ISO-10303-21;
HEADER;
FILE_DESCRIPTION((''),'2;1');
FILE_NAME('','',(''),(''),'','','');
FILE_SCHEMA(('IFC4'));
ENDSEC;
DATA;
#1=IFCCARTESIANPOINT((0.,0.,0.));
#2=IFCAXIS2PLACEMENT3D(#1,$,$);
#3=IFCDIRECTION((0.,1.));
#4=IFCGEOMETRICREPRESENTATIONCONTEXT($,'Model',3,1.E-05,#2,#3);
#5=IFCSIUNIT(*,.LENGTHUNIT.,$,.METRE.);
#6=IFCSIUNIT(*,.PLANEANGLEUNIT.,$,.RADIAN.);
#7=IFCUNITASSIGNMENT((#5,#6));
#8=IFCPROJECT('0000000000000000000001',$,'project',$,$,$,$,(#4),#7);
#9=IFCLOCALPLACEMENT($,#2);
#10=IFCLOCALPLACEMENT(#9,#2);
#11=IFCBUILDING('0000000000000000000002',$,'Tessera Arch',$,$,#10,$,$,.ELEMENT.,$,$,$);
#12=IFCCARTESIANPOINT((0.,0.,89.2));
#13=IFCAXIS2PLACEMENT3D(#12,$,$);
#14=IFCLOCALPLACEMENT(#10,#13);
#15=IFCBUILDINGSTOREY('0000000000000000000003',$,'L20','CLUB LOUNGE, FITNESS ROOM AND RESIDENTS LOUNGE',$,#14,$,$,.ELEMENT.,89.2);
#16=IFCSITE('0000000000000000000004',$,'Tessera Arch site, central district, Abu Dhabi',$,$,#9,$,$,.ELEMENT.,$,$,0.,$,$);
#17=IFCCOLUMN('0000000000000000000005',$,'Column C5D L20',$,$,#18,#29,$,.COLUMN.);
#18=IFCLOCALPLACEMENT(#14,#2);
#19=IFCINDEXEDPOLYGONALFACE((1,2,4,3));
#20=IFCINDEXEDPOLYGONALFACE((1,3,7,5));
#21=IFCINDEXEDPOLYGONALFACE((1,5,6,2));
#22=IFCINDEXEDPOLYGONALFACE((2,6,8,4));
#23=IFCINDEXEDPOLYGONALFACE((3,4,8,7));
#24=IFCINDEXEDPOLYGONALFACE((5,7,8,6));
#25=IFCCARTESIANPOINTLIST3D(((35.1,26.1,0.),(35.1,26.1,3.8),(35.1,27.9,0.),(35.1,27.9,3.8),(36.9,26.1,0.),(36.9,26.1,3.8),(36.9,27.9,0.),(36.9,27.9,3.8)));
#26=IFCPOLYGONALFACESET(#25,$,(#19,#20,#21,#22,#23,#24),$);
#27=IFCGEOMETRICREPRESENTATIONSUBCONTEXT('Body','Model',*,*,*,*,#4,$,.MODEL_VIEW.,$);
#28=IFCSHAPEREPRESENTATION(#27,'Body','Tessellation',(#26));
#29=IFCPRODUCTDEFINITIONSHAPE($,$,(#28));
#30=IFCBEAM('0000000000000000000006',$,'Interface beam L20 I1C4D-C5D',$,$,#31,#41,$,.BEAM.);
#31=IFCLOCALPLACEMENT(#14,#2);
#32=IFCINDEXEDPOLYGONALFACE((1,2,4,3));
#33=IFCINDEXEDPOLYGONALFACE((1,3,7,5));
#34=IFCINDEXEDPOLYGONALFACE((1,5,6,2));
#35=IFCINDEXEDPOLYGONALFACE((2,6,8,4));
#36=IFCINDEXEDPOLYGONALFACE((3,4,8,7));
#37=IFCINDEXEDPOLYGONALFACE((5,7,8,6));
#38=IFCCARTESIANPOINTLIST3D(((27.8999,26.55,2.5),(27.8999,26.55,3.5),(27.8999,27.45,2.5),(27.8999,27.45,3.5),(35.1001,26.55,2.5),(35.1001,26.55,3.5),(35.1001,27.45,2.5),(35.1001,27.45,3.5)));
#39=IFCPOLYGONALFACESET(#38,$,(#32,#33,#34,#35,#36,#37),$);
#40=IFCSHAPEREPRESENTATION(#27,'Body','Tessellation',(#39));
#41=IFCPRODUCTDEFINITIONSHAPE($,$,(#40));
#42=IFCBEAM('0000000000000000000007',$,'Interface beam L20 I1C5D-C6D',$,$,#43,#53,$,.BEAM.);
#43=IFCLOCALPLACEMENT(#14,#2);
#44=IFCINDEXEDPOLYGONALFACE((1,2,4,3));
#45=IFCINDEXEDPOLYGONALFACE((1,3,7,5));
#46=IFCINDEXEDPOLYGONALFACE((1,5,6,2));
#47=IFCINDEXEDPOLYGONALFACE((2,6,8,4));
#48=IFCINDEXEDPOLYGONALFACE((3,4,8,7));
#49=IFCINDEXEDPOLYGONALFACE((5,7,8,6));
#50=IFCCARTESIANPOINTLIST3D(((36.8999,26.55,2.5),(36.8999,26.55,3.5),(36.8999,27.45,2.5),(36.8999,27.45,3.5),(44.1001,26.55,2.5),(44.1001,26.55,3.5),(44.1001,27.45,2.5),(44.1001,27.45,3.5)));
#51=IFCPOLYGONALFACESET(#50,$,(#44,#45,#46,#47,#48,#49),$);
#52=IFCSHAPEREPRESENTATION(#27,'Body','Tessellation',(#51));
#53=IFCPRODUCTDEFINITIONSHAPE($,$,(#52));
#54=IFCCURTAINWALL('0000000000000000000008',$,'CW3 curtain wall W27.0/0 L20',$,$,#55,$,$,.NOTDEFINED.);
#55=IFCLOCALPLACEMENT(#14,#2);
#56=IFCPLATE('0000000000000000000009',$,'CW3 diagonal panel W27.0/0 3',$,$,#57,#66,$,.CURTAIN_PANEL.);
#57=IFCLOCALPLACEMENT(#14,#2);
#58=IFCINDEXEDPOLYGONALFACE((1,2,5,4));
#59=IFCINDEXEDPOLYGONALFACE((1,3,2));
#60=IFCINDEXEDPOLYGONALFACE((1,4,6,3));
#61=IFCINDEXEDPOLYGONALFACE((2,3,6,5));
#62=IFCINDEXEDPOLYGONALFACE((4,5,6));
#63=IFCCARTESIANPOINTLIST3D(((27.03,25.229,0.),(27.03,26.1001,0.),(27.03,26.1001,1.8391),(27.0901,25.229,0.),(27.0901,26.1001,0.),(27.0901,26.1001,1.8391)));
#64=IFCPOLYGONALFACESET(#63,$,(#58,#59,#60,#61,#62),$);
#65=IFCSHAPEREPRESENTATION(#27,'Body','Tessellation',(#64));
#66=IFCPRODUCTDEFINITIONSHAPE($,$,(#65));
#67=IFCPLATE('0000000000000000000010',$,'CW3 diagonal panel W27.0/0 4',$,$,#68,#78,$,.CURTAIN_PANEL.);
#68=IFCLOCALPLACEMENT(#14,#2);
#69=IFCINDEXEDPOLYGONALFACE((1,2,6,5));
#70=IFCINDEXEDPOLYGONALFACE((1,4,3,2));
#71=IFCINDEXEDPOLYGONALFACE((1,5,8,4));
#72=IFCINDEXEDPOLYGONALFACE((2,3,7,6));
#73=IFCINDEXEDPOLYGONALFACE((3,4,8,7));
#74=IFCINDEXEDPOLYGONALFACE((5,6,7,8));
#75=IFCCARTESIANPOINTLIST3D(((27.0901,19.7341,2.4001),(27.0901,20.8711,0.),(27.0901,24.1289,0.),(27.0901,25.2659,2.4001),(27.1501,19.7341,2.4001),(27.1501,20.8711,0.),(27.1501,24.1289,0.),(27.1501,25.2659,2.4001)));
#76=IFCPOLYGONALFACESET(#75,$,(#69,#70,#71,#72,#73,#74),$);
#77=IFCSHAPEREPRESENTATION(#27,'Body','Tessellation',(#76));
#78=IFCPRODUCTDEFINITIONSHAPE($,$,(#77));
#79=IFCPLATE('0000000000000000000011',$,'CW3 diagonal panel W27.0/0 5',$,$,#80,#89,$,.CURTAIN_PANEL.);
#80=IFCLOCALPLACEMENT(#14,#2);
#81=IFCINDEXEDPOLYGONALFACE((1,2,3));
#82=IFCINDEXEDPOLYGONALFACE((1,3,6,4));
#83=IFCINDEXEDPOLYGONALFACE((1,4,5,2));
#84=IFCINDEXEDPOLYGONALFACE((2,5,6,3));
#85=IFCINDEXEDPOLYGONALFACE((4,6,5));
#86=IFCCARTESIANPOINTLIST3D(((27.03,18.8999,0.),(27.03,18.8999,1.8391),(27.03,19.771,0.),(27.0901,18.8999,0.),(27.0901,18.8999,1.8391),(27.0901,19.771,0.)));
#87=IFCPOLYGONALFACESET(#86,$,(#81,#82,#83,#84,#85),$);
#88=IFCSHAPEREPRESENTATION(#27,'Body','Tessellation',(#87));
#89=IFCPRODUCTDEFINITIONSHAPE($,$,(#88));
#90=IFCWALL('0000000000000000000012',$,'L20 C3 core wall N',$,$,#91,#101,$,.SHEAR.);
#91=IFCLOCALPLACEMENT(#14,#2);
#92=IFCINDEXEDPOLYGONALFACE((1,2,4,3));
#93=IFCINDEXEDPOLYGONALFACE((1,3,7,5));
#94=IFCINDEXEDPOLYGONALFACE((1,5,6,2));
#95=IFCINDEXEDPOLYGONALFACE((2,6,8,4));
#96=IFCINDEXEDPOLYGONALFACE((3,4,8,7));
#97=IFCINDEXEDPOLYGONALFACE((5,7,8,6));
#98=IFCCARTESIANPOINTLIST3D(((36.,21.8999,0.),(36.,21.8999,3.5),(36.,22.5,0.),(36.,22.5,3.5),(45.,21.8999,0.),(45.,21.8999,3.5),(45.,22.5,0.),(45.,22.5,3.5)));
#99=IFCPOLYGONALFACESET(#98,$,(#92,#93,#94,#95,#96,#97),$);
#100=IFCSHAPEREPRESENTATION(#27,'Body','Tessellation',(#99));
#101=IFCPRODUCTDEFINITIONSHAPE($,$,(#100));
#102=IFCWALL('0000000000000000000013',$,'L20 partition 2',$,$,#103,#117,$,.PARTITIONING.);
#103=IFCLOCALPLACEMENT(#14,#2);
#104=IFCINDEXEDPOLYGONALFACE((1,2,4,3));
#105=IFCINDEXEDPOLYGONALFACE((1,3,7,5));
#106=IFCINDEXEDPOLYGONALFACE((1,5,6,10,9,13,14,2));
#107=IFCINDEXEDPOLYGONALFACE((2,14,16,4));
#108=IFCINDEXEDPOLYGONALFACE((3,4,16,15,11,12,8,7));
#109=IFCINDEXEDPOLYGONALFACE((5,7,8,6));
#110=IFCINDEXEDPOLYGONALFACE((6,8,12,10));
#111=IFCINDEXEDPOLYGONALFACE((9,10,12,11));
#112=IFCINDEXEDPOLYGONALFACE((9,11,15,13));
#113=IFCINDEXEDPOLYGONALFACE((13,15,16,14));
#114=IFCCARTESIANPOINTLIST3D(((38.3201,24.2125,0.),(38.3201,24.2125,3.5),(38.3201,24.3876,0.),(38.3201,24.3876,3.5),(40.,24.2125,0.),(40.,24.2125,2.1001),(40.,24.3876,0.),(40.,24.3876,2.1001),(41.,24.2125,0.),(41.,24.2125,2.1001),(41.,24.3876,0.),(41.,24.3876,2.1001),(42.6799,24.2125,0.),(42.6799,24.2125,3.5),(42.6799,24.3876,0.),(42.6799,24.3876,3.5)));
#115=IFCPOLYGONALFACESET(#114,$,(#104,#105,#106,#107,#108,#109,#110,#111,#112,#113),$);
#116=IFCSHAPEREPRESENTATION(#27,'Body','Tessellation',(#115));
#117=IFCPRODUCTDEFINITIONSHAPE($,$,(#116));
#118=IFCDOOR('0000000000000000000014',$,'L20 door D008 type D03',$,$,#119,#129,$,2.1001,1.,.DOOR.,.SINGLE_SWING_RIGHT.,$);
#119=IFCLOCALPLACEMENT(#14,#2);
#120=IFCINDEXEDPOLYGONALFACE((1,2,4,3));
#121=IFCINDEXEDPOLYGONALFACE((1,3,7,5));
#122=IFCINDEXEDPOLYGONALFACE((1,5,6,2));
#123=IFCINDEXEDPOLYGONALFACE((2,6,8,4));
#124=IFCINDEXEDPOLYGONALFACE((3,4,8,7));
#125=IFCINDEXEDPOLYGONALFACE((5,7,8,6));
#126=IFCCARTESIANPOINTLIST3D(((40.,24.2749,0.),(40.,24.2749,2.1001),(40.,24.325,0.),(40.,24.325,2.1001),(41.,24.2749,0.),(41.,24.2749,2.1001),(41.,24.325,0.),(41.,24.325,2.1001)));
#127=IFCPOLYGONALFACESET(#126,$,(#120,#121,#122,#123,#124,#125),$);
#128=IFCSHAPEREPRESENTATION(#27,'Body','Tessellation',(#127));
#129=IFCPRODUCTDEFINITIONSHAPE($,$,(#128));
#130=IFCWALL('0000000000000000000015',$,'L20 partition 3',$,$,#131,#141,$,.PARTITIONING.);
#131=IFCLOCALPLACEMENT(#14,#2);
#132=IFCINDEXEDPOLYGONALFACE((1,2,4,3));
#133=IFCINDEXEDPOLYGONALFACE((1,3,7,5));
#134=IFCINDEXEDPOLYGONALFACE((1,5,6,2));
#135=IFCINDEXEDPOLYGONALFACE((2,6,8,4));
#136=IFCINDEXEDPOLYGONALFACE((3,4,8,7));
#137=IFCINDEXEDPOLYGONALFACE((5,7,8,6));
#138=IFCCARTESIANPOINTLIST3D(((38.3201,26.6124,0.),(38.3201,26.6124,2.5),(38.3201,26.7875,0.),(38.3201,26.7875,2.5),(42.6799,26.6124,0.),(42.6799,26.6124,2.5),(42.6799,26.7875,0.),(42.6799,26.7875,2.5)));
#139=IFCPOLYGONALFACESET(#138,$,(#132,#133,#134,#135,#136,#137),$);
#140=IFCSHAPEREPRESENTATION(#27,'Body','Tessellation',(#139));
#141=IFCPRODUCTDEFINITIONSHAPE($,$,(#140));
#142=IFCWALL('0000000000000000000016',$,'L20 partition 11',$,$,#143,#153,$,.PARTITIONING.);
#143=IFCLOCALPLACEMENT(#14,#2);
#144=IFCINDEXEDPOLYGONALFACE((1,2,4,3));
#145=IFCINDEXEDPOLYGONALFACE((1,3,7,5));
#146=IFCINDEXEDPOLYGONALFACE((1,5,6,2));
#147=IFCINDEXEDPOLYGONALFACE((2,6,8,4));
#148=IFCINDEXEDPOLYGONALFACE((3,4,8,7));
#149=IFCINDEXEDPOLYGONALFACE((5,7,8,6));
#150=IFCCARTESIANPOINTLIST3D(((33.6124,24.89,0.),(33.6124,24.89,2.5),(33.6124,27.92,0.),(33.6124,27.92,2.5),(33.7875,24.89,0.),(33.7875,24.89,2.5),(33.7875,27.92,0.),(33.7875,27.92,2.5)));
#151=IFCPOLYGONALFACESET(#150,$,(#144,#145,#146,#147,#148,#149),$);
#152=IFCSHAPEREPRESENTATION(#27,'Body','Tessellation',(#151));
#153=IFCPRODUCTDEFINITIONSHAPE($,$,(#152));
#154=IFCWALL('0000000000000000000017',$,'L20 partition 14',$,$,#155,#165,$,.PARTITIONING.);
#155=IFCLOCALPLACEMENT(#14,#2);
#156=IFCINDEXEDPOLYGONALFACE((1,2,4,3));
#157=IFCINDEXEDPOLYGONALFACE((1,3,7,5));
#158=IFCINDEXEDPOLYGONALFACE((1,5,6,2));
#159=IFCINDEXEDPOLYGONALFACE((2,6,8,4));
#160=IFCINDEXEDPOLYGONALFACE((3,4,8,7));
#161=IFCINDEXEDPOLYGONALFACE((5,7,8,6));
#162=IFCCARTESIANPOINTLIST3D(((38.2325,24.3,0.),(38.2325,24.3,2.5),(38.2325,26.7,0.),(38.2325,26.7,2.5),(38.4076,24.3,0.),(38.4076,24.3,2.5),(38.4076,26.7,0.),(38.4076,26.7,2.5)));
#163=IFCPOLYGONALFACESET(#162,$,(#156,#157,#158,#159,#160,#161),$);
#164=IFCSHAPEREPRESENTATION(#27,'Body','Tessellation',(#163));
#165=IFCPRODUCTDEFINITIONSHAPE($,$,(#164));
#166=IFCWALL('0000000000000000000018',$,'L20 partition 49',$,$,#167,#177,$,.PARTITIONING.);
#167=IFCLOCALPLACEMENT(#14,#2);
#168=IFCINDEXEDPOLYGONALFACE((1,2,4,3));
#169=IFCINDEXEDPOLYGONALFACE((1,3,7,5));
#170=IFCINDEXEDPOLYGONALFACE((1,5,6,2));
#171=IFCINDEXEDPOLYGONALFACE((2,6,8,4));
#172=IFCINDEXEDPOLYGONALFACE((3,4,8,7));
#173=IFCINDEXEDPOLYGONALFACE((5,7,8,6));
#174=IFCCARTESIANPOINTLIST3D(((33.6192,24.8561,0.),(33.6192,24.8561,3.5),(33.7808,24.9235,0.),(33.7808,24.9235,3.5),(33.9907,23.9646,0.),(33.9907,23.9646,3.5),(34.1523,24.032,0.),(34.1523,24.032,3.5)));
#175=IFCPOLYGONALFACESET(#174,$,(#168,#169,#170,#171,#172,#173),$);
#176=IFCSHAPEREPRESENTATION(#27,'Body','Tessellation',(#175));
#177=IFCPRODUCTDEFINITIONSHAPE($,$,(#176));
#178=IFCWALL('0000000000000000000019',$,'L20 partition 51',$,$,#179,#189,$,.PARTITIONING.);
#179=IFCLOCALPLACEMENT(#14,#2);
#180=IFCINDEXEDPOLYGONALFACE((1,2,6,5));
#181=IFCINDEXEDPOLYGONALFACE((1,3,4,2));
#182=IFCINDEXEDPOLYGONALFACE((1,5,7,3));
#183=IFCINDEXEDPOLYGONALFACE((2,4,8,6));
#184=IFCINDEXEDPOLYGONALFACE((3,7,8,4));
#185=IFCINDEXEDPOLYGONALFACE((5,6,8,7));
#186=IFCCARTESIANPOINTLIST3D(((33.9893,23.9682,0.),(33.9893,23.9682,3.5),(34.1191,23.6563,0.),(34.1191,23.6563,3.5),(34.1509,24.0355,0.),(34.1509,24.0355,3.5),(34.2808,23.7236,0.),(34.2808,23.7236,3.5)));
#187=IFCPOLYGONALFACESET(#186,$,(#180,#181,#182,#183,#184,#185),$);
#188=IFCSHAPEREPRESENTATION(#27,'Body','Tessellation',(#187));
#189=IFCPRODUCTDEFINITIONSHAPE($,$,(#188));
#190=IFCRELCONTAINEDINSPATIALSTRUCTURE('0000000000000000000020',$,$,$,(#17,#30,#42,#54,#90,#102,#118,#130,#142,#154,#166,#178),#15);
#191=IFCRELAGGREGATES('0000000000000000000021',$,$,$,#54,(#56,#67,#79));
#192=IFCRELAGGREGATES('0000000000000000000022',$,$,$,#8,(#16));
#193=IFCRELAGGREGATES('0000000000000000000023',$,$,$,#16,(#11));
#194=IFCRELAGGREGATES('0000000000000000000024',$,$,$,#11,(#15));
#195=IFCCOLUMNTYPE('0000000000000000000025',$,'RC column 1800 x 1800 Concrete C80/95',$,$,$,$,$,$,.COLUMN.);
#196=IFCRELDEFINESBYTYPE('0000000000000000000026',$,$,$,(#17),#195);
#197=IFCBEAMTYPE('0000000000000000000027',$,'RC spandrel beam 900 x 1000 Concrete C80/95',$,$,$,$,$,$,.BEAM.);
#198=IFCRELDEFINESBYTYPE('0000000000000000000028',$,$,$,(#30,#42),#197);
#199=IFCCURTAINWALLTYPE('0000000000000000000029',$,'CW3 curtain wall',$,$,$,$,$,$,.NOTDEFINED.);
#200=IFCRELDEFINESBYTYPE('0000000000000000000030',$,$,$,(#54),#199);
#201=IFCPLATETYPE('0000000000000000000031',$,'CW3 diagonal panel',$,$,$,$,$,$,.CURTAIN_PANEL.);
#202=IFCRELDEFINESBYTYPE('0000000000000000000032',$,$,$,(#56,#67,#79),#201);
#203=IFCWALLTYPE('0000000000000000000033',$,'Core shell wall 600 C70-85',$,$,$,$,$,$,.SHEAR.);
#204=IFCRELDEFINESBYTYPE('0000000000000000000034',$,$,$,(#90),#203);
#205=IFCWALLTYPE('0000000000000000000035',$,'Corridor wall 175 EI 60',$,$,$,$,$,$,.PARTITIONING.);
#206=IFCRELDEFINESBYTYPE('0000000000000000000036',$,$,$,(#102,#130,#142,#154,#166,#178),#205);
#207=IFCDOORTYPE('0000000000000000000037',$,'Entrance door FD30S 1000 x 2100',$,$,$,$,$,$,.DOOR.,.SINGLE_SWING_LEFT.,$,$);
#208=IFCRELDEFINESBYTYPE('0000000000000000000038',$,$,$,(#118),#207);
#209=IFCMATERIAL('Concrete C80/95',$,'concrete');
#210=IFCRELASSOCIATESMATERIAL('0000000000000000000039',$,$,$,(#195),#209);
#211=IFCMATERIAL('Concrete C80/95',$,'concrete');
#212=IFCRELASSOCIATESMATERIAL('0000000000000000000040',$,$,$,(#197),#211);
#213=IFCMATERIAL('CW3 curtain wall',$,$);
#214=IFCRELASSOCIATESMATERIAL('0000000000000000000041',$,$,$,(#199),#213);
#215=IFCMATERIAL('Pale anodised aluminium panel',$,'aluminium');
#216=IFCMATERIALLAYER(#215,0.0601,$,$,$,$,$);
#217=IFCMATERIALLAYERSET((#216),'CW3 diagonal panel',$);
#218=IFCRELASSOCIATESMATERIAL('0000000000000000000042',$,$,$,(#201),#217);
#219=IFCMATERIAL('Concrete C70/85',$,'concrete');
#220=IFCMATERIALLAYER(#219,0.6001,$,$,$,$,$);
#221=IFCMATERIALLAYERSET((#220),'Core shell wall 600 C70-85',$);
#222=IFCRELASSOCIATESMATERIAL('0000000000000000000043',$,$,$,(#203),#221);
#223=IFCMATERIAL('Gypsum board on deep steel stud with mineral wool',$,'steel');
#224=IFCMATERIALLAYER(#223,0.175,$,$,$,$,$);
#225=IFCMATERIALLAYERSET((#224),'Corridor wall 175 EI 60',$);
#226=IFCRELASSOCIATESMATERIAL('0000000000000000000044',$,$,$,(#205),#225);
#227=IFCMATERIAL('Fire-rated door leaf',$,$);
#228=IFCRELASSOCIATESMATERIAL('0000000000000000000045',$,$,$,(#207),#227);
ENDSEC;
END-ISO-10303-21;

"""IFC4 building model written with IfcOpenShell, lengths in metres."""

from ifc_helpers import new_model, si_unit, direction, frame, frame_2d, origin, origin_2d, place, context, subcontext, project, spatial, polyline, rectangle, outline, extrude, material, layer, layer_set, material_profile, profile_set, type_object, element, fill, aggregate, save


model = new_model("IFC4")

# Units and contexts
model_context = context("Model", 3, precision=1e-05, world=origin(), true_north=direction((0.0, 1.0)))
body_context = subcontext(model_context, "Body", "Model", "MODEL_VIEW")
ifc_project = project(units=[si_unit("LENGTHUNIT", "METRE"), si_unit("PLANEANGLEUNIT", "RADIAN")], contexts=[model_context])

# Site, building, storey
site_placement = place(None, origin())
site = spatial("IfcSite", under=ifc_project, at=site_placement, Name="Tessera Arch site, central district, Abu Dhabi", CompositionType="ELEMENT", RefElevation=0.0)
building_placement = place(site_placement, origin())
building = spatial("IfcBuilding", under=site, at=building_placement, Name="Tessera Arch", CompositionType="ELEMENT")
storey_placement = place(building_placement, frame((0.0, 0.0, 89.2)))
storey = spatial("IfcBuildingStorey", under=building, at=storey_placement, Name="L20", Description="CLUB LOUNGE, FITNESS ROOM AND RESIDENTS LOUNGE", CompositionType="ELEMENT", Elevation=89.2)

# Column
ifc_material_1 = material(Name="Concrete C80/95", Category="concrete")
ifc_material_profile_1 = material_profile(ifc_material_1, rectangle(XDim=1.8, YDim=1.8, at=origin_2d()), Name="RC column 1800 x 1800 Concrete C80/95")
ifc_profile_set_1 = profile_set([ifc_material_profile_1], Name="Concrete C80/95")
column_type = type_object("IfcColumnType", Name="RC column 1800 x 1800 Concrete C80/95", PredefinedType="COLUMN", material=ifc_profile_set_1)
column_placement = place(storey_placement, frame((36.0, 27.0, 0.0), z_axis=(0.0, 0.0, 1.0), x_axis=(1.0, 0.0, 0.0)))
element("IfcColumn", 1, at=column_placement, inside=storey, type_object=column_type, Name="Column C5D L20", PredefinedType="COLUMN", context=body_context, shape_type="SweptSolid", body=[
    extrude(rectangle(XDim=1.8, YDim=1.8, at=origin_2d()), origin(), (0.0, 0.0, 1.0), 3.8),
])

# Beams
ifc_material_2 = material(Name="Concrete C80/95", Category="concrete")
ifc_material_profile_2 = material_profile(ifc_material_2, rectangle(XDim=0.8999, YDim=1.0, at=origin_2d()), Name="RC spandrel beam 900 x 1000 Concrete C80/95")
ifc_profile_set_2 = profile_set([ifc_material_profile_2], Name="Concrete C80/95")
beam_type = type_object("IfcBeamType", Name="RC spandrel beam 900 x 1000 Concrete C80/95", PredefinedType="BEAM", material=ifc_profile_set_2)
for number, where, z_axis, x_axis, name in (
    (2, (27.8999, 27.0, 3.0), (1.0, 0.0, 0.0), (0.0, 1.0, 0.0), "Interface beam L20 I1C4D-C5D"),
    (3, (36.8999, 27.0, 3.0), (1.0, 0.0, 0.0), (0.0, 1.0, 0.0), "Interface beam L20 I1C5D-C6D"),
):
    element("IfcBeam", number, at=place(storey_placement, frame(where, z_axis=z_axis, x_axis=x_axis)), inside=storey, type_object=beam_type, Name=name, PredefinedType="BEAM", context=body_context, shape_type="SweptSolid", body=[
        extrude(rectangle(XDim=0.8999, YDim=1.0, at=origin_2d()), origin(), (0.0, 0.0, 1.0), 7.2002),
    ])

# Curtain wall, plates
ifc_material_3 = material(Name="CW3 curtain wall")
curtain_wall_type = type_object("IfcCurtainWallType", Name="CW3 curtain wall", PredefinedType="NOTDEFINED", material=ifc_material_3)
curtain_wall_placement = place(storey_placement, origin())
curtain_wall = element("IfcCurtainWall", 4, at=curtain_wall_placement, inside=storey, type_object=curtain_wall_type, Name="CW3 curtain wall W27.0/0 L20", PredefinedType="NOTDEFINED")
ifc_material_4 = material(Name="Pale anodised aluminium panel", Category="aluminium")
ifc_layer_1 = layer(ifc_material_4, 0.0601)
ifc_layer_set_1 = layer_set([ifc_layer_1], Name="CW3 diagonal panel")
plate_type = type_object("IfcPlateType", Name="CW3 diagonal panel", PredefinedType="CURTAIN_PANEL", material=ifc_layer_set_1)
plate_1_placement = place(storey_placement, frame((27.03, 26.1001, 0.0), z_axis=(-1.0, 0.0, 0.0), x_axis=(0.0, -1.0, 0.0)))
plate_1 = element("IfcPlate", 5, at=plate_1_placement, type_object=plate_type, Name="CW3 diagonal panel W27.0/0 3", PredefinedType="CURTAIN_PANEL", context=body_context, shape_type="SweptSolid", body=[
    extrude(outline(polyline([(0.0, 0.0), (0.8711, 0.0), (0.0, 1.8391), (0.0, 0.0)])), origin(), (0.0, 0.0, -1.0), 0.0601),
])
plate_2_placement = place(storey_placement, frame((27.0901, 19.7341, 2.4001), z_axis=(-1.0, 0.0, 0.0), x_axis=(0.0, 1.0, 0.0)))
plate_2 = element("IfcPlate", 6, at=plate_2_placement, type_object=plate_type, Name="CW3 diagonal panel W27.0/0 4", PredefinedType="CURTAIN_PANEL", context=body_context, shape_type="SweptSolid", body=[
    extrude(outline(polyline([(0.0, 0.0), (5.5317, 0.0), (4.3948, 2.4001), (1.137, 2.4001), (0.0, 0.0)])), origin(), (0.0, 0.0, -1.0), 0.0601),
])
plate_3_placement = place(storey_placement, frame((27.03, 18.8999, 0.0), z_axis=(-1.0, 0.0, 0.0), x_axis=(0.0, 0.0, 1.0)))
plate_3 = element("IfcPlate", 7, at=plate_3_placement, type_object=plate_type, Name="CW3 diagonal panel W27.0/0 5", PredefinedType="CURTAIN_PANEL", context=body_context, shape_type="SweptSolid", body=[
    extrude(outline(polyline([(0.0, 0.0), (1.8391, 0.0), (0.0, 0.8711), (0.0, 0.0)])), origin(), (0.0, 0.0, -1.0), 0.0601),
])
aggregate(curtain_wall, [plate_1, plate_2, plate_3])

# Wall
ifc_material_5 = material(Name="Concrete C70/85", Category="concrete")
ifc_layer_2 = layer(ifc_material_5, 0.6001)
ifc_layer_set_2 = layer_set([ifc_layer_2], Name="Core shell wall 600 C70-85")
wall_type_1 = type_object("IfcWallType", Name="Core shell wall 600 C70-85", PredefinedType="SHEAR", material=ifc_layer_set_2)
wall_1_placement = place(storey_placement, frame((36.0, 22.2, 0.0), z_axis=(0.0, 0.0, 1.0), x_axis=(1.0, 0.0, 0.0)))
element("IfcWall", 8, at=wall_1_placement, inside=storey, type_object=wall_type_1, Name="L20 C3 core wall N", PredefinedType="SHEAR", context=body_context, shape_type="SweptSolid", body=[
    extrude(rectangle(XDim=9.0, YDim=0.6001, at=frame_2d((4.5, 0.0))), origin(), (0.0, 0.0, 1.0), 3.5),
])

# Wall, opening, door
ifc_material_6 = material(Name="Gypsum board on deep steel stud with mineral wool", Category="steel")
ifc_layer_3 = layer(ifc_material_6, 0.175)
ifc_layer_set_3 = layer_set([ifc_layer_3], Name="Corridor wall 175 EI 60")
wall_type_2 = type_object("IfcWallType", Name="Corridor wall 175 EI 60", PredefinedType="PARTITIONING", material=ifc_layer_set_3)
wall_2_placement = place(storey_placement, frame((38.3201, 24.3, 0.0), z_axis=(0.0, 0.0, 1.0), x_axis=(1.0, 0.0, 0.0)))
wall_2 = element("IfcWall", 9, at=wall_2_placement, inside=storey, type_object=wall_type_2, Name="L20 partition 2", PredefinedType="PARTITIONING", context=body_context, shape_type="SweptSolid", body=[
    extrude(rectangle(XDim=4.3599, YDim=0.175, at=frame_2d((2.1799, 0.0))), origin(), (0.0, 0.0, 1.0), 3.5),
])
opening_1_placement = place(wall_2_placement, frame((1.6799, 0.0, 0.0)))
opening_1 = element("IfcOpeningElement", 10, at=opening_1_placement, cuts=wall_2, PredefinedType="OPENING", context=body_context, shape_type="SweptSolid", body=[
    extrude(rectangle(XDim=1.0, YDim=2.1001, at=frame_2d((0.5, 1.05))), frame((0.0, 0.0974, 0.0), z_axis=(0.0, -1.0, 0.0), x_axis=(1.0, 0.0, 0.0)), (0.0, 0.0, 1.0), 0.1951),
])
ifc_material_7 = material(Name="Fire-rated door leaf")
door_type_1 = type_object("IfcDoorType", Name="Entrance door FD30S 1000 x 2100", OperationType="SINGLE_SWING_LEFT", PredefinedType="DOOR", material=ifc_material_7)
door_1_placement = place(opening_1_placement, origin())
door_1 = element("IfcDoor", 11, at=door_1_placement, inside=storey, type_object=door_type_1, Name="L20 door D008 type D03", OperationType="SINGLE_SWING_RIGHT", OverallHeight=2.1001, OverallWidth=1.0, PredefinedType="DOOR", context=body_context, shape_type="SweptSolid", body=[
    extrude(rectangle(XDim=1.0, YDim=2.1001, at=frame_2d((0.5, 1.05))), frame((0.0, 0.0249, 0.0), z_axis=(0.0, -1.0, 0.0), x_axis=(1.0, 0.0, 0.0)), (0.0, 0.0, 1.0), 0.05),
])
fill(opening_1, door_1)

# Walls
wall_3_placement = place(storey_placement, frame((38.3201, 26.7, 0.0), z_axis=(0.0, 0.0, 1.0), x_axis=(1.0, 0.0, 0.0)))
element("IfcWall", 12, at=wall_3_placement, inside=storey, type_object=wall_type_2, Name="L20 partition 3", PredefinedType="PARTITIONING", context=body_context, shape_type="SweptSolid", body=[
    extrude(rectangle(XDim=4.3599, YDim=0.175, at=frame_2d((2.1799, 0.0))), origin(), (0.0, 0.0, 1.0), 2.5),
])
wall_4_placement = place(storey_placement, frame((33.7, 24.8899, 0.0), z_axis=(0.0, 0.0, 1.0), x_axis=(0.0, 1.0, 0.0)))
element("IfcWall", 13, at=wall_4_placement, inside=storey, type_object=wall_type_2, Name="L20 partition 11", PredefinedType="PARTITIONING", context=body_context, shape_type="SweptSolid", body=[
    extrude(rectangle(XDim=3.03, YDim=0.175, at=frame_2d((1.5151, 0.0))), origin(), (0.0, 0.0, 1.0), 2.5),
])
wall_5_placement = place(storey_placement, frame((38.3201, 24.3, 0.0), z_axis=(0.0, 0.0, 1.0), x_axis=(0.0, 1.0, 0.0)))
element("IfcWall", 14, at=wall_5_placement, inside=storey, type_object=wall_type_2, Name="L20 partition 14", PredefinedType="PARTITIONING", context=body_context, shape_type="SweptSolid", body=[
    extrude(rectangle(XDim=2.3999, YDim=0.175, at=frame_2d((1.2, 0.0))), origin(), (0.0, 0.0, 1.0), 2.5),
])
wall_6_placement = place(storey_placement, frame((34.0715, 23.9983, 0.0), z_axis=(0.0, 0.0, 1.0), x_axis=(-0.384687, 0.923047, 0.0)))
element("IfcWall", 15, at=wall_6_placement, inside=storey, type_object=wall_type_2, Name="L20 partition 49", PredefinedType="PARTITIONING", context=body_context, shape_type="SweptSolid", body=[
    extrude(rectangle(XDim=0.9658, YDim=0.175, at=frame_2d((0.4829, 0.0))), origin(), (0.0, 0.0, 1.0), 3.5),
])
wall_7_placement = place(storey_placement, frame((34.2, 23.6899, 0.0), z_axis=(0.0, 0.0, 1.0), x_axis=(-0.384308, 0.923205, 0.0)))
element("IfcWall", 16, at=wall_7_placement, inside=storey, type_object=wall_type_2, Name="L20 partition 51", PredefinedType="PARTITIONING", context=body_context, shape_type="SweptSolid", body=[
    extrude(rectangle(XDim=0.3379, YDim=0.175, at=frame_2d((0.1689, 0.0))), origin(), (0.0, 0.0, 1.0), 3.5),
])

save(model, "model.ifc")
